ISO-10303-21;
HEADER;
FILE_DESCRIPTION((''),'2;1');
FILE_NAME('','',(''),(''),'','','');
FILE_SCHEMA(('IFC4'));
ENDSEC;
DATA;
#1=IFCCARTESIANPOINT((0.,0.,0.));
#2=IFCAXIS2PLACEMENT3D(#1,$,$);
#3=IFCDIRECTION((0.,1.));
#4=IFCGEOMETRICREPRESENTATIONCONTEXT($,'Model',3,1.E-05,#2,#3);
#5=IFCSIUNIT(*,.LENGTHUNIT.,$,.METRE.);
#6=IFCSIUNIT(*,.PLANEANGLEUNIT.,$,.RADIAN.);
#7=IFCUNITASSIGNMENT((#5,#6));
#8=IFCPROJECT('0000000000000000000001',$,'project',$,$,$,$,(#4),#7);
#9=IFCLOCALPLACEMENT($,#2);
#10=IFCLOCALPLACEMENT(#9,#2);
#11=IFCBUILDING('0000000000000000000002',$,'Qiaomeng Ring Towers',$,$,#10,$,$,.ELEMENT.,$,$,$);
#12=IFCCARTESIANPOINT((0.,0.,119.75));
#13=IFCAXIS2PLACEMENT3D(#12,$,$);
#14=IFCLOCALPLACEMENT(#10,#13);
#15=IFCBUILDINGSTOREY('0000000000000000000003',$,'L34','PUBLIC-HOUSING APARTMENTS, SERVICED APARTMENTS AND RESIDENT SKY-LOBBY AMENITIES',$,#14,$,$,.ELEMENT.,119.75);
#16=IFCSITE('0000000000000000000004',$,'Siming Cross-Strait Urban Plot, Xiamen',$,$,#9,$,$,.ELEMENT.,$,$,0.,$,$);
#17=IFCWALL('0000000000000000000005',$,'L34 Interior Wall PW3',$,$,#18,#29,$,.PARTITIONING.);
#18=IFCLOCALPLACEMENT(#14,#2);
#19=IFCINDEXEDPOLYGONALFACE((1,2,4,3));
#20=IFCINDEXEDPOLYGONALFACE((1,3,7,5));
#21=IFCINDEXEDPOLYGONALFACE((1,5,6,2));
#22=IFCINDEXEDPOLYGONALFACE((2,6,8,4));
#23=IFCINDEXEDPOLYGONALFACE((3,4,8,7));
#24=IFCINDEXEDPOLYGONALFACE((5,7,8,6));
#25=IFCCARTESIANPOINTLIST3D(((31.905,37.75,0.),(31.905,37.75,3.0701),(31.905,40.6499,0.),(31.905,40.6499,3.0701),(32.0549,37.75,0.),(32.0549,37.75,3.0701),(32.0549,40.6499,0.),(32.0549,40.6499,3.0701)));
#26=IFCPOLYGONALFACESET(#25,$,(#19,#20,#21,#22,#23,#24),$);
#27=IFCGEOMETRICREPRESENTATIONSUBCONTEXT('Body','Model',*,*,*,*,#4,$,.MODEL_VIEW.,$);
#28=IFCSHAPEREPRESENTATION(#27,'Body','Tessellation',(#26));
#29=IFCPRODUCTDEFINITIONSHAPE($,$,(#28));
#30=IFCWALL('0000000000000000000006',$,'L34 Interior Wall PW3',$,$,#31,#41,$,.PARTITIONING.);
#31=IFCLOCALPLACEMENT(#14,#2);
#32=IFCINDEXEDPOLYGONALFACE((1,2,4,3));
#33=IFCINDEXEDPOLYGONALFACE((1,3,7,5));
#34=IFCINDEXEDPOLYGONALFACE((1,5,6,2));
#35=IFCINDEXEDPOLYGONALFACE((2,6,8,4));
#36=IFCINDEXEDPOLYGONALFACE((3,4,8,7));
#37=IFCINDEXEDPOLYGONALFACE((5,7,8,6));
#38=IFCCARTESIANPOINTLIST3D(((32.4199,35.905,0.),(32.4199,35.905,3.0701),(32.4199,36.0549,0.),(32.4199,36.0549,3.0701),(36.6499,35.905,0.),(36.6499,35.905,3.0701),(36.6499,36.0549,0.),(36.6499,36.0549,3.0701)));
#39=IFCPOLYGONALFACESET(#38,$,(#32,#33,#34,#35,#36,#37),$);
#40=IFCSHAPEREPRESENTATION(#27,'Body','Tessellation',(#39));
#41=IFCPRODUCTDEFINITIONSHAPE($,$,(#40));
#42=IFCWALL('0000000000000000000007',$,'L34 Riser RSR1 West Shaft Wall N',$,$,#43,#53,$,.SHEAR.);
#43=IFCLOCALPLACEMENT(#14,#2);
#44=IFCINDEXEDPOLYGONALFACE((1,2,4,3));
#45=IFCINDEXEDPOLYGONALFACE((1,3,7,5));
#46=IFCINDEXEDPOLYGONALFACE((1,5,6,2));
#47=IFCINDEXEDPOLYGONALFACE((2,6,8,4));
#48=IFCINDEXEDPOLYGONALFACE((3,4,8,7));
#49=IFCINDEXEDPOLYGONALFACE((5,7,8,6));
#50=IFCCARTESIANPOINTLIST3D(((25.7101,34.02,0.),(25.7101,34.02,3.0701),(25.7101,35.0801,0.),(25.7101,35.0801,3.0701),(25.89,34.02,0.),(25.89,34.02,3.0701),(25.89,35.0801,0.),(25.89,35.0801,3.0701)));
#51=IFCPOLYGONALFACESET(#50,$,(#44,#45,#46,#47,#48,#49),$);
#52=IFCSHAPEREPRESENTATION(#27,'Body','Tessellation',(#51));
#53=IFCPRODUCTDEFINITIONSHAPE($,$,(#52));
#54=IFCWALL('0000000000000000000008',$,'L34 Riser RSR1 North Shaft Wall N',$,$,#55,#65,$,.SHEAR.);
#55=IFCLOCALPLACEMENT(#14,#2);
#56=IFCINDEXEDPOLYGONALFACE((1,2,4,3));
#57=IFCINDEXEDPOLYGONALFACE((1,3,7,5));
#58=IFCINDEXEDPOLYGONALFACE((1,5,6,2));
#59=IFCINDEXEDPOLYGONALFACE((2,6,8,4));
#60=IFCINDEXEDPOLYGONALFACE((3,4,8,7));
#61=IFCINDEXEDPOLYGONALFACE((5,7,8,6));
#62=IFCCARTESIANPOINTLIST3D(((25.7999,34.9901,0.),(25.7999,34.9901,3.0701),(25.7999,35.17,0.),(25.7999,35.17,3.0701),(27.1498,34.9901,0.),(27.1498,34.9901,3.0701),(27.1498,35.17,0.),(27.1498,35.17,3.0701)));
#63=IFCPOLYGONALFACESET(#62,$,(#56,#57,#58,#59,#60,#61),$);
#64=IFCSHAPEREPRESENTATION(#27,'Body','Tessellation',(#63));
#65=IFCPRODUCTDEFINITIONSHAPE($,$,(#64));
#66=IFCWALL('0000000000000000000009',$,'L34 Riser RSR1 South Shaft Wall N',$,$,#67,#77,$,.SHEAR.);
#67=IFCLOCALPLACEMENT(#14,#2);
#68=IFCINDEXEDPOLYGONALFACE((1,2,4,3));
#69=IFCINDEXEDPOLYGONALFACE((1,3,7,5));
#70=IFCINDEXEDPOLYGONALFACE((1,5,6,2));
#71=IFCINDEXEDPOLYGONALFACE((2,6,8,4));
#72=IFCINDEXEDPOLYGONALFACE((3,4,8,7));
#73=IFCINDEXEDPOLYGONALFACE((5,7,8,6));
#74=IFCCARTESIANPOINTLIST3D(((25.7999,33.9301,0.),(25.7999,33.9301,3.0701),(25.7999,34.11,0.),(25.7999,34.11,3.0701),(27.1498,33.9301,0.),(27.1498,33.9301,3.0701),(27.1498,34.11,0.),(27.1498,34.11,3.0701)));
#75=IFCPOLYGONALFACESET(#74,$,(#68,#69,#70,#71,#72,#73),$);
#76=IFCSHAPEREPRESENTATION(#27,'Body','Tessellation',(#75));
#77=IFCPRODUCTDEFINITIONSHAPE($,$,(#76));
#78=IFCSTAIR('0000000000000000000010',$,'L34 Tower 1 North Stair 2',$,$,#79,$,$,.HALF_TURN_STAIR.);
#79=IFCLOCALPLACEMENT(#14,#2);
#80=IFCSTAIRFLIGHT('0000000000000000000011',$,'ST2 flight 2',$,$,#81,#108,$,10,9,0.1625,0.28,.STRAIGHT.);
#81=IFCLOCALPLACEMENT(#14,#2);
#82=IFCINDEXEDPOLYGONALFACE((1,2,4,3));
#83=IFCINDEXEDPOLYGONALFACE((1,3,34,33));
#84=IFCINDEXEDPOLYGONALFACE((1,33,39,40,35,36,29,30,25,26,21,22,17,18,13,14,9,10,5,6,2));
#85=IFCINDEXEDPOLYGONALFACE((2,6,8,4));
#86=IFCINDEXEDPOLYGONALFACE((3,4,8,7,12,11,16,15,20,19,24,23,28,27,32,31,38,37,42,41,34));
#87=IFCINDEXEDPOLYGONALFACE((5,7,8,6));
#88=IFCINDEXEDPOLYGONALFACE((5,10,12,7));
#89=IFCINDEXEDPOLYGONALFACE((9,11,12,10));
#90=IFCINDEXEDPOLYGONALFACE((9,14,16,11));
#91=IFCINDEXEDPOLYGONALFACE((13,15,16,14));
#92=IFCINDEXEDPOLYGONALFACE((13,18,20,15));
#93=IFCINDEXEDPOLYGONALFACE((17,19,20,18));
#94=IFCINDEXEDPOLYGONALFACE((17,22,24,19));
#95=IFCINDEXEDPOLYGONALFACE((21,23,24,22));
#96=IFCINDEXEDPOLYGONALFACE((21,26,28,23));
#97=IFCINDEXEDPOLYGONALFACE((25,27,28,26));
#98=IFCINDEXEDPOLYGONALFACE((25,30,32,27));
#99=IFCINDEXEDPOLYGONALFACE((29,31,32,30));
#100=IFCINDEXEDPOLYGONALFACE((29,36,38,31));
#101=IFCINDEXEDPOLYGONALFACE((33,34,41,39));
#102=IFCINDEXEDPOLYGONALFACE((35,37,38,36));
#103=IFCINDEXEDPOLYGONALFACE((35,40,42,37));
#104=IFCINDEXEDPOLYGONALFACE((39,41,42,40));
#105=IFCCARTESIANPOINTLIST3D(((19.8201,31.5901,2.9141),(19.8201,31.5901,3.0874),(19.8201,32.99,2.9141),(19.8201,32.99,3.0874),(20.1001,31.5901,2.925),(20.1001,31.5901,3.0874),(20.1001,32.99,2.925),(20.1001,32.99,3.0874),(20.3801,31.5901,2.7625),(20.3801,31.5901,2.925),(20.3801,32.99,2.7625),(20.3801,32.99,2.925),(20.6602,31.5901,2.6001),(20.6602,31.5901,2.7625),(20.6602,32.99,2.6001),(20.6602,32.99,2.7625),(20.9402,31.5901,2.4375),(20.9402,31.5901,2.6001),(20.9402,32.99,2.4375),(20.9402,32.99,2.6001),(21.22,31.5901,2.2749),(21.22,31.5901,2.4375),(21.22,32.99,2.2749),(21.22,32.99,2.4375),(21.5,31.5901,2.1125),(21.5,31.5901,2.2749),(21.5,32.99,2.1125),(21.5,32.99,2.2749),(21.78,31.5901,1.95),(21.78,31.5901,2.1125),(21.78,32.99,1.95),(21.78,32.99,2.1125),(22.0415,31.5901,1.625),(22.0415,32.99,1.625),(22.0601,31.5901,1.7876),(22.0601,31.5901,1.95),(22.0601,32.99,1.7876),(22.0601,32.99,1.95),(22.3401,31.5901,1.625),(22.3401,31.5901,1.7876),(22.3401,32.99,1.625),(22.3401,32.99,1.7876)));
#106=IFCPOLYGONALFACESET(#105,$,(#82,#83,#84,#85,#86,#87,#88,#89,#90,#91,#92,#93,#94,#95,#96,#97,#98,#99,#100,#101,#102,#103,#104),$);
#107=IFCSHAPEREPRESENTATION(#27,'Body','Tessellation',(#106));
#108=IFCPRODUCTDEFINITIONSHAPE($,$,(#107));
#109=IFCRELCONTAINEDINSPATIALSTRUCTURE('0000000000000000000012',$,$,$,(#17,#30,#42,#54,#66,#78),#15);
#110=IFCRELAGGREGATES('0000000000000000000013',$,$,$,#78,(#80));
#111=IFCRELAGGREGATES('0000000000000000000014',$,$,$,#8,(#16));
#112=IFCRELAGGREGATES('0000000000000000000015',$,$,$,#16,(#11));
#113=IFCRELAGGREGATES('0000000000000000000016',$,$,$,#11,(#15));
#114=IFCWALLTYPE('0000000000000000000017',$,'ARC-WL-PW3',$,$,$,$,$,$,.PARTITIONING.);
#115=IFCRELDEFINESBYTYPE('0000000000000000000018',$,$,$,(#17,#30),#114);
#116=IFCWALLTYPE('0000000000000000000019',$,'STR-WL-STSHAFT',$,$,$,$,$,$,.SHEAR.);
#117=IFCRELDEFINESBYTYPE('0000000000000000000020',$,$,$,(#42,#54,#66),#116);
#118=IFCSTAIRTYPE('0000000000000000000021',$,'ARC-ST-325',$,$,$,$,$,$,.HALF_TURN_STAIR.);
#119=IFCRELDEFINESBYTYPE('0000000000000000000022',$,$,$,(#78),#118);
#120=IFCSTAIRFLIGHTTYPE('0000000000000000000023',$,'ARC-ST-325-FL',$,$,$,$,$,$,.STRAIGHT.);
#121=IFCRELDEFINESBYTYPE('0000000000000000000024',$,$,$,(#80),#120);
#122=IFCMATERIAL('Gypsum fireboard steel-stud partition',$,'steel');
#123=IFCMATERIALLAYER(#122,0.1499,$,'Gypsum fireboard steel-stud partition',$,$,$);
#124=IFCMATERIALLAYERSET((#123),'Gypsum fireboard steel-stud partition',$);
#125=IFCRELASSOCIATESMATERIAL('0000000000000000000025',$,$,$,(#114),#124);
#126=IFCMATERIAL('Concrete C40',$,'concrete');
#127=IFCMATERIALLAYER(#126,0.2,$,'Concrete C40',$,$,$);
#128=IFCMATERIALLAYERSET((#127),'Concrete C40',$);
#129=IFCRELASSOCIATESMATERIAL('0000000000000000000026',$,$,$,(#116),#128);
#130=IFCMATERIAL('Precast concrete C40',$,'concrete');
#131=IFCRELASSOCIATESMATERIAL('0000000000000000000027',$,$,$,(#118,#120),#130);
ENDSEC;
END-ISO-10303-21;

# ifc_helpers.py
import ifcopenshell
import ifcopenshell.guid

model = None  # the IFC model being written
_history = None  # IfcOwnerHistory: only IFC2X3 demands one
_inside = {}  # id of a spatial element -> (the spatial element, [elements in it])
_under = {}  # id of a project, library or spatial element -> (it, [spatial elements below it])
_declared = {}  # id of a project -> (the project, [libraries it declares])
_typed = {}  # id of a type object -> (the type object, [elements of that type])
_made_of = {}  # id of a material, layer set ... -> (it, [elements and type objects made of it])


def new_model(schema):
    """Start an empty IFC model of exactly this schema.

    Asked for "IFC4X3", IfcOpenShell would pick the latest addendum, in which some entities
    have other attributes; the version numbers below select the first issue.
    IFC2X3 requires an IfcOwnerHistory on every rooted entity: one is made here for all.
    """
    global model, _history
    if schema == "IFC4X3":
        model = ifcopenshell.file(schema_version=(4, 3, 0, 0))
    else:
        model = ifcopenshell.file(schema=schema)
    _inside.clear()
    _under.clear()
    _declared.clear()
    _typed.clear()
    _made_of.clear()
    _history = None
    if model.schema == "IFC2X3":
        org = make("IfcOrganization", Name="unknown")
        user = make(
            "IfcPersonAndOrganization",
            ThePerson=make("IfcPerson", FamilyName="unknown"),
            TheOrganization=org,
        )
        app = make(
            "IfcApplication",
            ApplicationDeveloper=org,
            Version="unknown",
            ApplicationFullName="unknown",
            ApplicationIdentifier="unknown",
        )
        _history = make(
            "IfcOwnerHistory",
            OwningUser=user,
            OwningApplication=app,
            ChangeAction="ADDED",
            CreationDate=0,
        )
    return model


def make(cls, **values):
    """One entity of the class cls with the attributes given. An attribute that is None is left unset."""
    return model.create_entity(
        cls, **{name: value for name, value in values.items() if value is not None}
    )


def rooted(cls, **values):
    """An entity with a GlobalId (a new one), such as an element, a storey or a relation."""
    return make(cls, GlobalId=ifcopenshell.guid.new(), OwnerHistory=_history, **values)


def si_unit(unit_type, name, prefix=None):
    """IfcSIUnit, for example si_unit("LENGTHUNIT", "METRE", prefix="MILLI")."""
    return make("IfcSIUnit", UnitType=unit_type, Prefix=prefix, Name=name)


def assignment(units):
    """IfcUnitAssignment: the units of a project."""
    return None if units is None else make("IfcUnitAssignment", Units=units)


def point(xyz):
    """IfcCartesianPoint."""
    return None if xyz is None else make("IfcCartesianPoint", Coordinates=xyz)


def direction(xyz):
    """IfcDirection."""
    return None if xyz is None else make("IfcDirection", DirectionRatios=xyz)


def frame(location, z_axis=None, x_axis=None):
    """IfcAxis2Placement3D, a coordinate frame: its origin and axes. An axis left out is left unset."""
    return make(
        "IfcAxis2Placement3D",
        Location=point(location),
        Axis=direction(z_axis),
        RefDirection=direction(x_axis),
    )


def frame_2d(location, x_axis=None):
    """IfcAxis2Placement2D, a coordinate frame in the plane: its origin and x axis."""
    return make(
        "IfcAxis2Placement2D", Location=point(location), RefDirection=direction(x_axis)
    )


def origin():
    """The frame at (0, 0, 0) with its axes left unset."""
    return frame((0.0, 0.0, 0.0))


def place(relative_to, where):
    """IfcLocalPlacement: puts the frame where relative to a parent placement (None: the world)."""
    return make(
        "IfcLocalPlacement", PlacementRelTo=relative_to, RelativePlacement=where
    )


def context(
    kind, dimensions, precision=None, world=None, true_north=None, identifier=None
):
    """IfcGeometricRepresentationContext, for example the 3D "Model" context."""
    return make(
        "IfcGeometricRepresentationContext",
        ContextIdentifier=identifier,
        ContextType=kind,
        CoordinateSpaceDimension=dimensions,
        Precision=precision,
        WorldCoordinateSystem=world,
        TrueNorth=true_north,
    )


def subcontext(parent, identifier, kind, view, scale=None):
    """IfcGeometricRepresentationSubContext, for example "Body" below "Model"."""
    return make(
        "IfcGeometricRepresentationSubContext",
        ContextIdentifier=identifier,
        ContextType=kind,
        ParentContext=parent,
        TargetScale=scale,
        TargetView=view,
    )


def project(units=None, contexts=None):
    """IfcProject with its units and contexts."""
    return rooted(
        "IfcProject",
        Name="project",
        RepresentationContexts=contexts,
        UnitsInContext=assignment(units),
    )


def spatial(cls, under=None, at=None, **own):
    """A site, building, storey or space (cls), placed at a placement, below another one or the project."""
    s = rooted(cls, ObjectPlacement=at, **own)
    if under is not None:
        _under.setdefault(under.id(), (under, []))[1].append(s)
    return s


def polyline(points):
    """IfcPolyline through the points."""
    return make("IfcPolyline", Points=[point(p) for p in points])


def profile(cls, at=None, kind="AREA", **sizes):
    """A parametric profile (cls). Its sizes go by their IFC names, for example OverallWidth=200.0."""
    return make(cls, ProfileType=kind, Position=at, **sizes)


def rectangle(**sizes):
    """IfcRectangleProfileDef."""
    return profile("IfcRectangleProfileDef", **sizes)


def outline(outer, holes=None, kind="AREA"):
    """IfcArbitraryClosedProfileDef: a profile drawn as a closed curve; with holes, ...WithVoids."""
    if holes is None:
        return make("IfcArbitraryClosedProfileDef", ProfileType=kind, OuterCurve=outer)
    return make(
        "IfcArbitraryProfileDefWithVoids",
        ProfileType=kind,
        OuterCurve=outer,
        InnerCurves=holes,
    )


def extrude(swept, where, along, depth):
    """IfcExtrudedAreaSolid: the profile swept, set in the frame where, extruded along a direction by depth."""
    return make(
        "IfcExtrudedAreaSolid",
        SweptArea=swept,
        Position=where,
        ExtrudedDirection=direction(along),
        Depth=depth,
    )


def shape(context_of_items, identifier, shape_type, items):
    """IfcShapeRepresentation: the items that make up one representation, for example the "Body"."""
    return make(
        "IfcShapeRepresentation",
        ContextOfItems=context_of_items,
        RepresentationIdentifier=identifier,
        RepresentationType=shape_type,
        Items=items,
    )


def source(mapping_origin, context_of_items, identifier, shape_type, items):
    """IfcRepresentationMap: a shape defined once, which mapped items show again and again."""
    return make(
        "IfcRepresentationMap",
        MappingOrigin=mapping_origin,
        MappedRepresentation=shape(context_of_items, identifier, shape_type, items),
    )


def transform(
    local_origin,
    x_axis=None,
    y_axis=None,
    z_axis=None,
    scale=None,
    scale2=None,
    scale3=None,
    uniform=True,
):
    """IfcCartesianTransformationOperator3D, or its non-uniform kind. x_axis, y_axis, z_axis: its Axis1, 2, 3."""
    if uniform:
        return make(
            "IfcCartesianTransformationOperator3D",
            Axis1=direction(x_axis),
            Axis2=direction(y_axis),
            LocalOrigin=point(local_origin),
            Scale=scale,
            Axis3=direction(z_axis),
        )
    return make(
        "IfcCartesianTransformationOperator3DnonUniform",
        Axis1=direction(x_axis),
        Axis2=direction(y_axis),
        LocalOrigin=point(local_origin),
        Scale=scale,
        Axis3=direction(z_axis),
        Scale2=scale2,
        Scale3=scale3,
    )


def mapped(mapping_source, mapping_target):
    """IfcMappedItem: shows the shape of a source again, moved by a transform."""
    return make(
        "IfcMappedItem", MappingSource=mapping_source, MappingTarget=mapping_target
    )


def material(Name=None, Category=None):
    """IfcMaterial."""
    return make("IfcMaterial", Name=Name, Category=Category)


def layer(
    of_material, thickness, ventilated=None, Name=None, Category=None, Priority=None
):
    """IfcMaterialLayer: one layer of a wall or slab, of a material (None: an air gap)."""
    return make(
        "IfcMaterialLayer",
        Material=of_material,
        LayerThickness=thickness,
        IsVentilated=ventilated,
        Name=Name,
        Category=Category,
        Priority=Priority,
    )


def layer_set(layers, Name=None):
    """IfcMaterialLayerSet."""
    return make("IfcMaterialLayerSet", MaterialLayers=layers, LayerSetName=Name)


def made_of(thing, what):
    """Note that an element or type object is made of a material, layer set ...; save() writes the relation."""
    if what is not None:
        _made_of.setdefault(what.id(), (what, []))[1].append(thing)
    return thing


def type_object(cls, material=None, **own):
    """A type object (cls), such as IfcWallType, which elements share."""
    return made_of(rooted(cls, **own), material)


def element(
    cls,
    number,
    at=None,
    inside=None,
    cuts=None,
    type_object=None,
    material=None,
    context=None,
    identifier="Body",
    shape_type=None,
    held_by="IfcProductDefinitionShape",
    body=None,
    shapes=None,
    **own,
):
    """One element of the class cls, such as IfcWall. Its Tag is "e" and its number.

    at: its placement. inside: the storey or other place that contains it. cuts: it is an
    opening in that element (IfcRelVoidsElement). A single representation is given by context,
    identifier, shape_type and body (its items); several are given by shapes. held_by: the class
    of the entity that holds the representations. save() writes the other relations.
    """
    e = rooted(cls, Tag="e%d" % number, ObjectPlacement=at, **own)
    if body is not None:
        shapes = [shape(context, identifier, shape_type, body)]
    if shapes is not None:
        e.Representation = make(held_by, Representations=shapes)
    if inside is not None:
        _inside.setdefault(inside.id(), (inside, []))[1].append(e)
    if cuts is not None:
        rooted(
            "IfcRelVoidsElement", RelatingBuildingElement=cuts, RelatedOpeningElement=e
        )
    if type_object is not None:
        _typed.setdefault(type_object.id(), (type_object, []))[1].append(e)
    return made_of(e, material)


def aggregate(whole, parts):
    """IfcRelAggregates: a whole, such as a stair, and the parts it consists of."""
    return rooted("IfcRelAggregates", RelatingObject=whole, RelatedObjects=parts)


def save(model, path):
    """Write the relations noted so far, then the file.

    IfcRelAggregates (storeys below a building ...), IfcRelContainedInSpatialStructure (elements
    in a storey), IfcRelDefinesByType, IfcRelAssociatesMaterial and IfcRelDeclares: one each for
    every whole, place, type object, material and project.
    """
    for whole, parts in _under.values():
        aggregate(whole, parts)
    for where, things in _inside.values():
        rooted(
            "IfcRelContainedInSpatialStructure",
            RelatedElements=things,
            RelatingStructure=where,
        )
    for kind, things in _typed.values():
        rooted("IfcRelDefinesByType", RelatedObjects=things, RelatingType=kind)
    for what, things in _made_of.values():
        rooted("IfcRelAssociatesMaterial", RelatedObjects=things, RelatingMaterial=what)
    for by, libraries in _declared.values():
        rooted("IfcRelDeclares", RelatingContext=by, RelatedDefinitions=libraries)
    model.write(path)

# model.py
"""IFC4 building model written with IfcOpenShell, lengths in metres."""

from ifc_helpers import new_model, si_unit, direction, frame, frame_2d, origin, place, context, subcontext, project, spatial, polyline, rectangle, outline, extrude, source, transform, mapped, material, layer, layer_set, type_object, element, aggregate, save


model = new_model("IFC4")

# Units and contexts
model_context = context("Model", 3, precision=1e-05, world=origin(), true_north=direction((0.0, 1.0)))
body_context = subcontext(model_context, "Body", "Model", "MODEL_VIEW")
ifc_project = project(units=[si_unit("LENGTHUNIT", "METRE"), si_unit("PLANEANGLEUNIT", "RADIAN")], contexts=[model_context])

# Site, building, storey
site_placement = place(None, origin())
site = spatial("IfcSite", under=ifc_project, at=site_placement, Name="Siming Cross-Strait Urban Plot, Xiamen", CompositionType="ELEMENT", RefElevation=0.0)
building_placement = place(site_placement, origin())
building = spatial("IfcBuilding", under=site, at=building_placement, Name="Qiaomeng Ring Towers", CompositionType="ELEMENT")
storey_placement = place(building_placement, frame((0.0, 0.0, 119.75)))
storey = spatial("IfcBuildingStorey", under=building, at=storey_placement, Name="L34", Description="PUBLIC-HOUSING APARTMENTS, SERVICED APARTMENTS AND RESIDENT SKY-LOBBY AMENITIES", CompositionType="ELEMENT", Elevation=119.75)

# Walls
ifc_material_1 = material(Name="Gypsum fireboard steel-stud partition", Category="steel")
ifc_layer_1 = layer(ifc_material_1, 0.1499, Name="Gypsum fireboard steel-stud partition")
ifc_layer_set_1 = layer_set([ifc_layer_1], Name="Gypsum fireboard steel-stud partition")
wall_type_1 = type_object("IfcWallType", Name="ARC-WL-PW3", PredefinedType="PARTITIONING", material=ifc_layer_set_1)
for number, where, z_axis, x_axis, name in (
    (1, (31.98, 37.75, 0.0), (0.0, 0.0, 1.0), (0.0, 1.0, 0.0), "L34 Interior Wall PW3"),
):
    element("IfcWall", number, at=place(storey_placement, frame(where, z_axis=z_axis, x_axis=x_axis)), inside=storey, type_object=wall_type_1, Name=name, PredefinedType="PARTITIONING", context=body_context, shape_type="SweptSolid", body=[
        extrude(rectangle(XDim=2.8999, YDim=0.1499, at=frame_2d((1.45, 0.0))), origin(), (0.0, 0.0, 1.0), 3.0701),
    ])
wall_1_placement = place(storey_placement, frame((32.4199, 35.98, 0.0), z_axis=(0.0, 0.0, 1.0), x_axis=(1.0, 0.0, 0.0)))
element("IfcWall", 2, at=wall_1_placement, inside=storey, type_object=wall_type_1, Name="L34 Interior Wall PW3", PredefinedType="PARTITIONING", context=body_context, shape_type="SweptSolid", body=[
    extrude(rectangle(XDim=4.23, YDim=0.1499, at=frame_2d((2.115, 0.0))), origin(), (0.0, 0.0, 1.0), 3.0701),
])
ifc_material_2 = material(Name="Concrete C40", Category="concrete")
ifc_layer_2 = layer(ifc_material_2, 0.2, Name="Concrete C40")
ifc_layer_set_2 = layer_set([ifc_layer_2], Name="Concrete C40")
wall_type_2 = type_object("IfcWallType", Name="STR-WL-STSHAFT", PredefinedType="SHEAR", material=ifc_layer_set_2)
wall_2_placement = place(storey_placement, frame((25.8, 34.02, 0.0), z_axis=(0.0, 0.0, 1.0), x_axis=(0.0, 1.0, 0.0)))
element("IfcWall", 3, at=wall_2_placement, inside=storey, type_object=wall_type_2, Name="L34 Riser RSR1 West Shaft Wall N", PredefinedType="SHEAR", context=body_context, shape_type="SweptSolid", body=[
    extrude(rectangle(XDim=1.0601, YDim=0.1799, at=frame_2d((0.53, 0.0))), origin(), (0.0, 0.0, 1.0), 3.0701),
])
for number, where, z_axis, x_axis, name in (
    (4, (25.8, 35.0801, 0.0), (0.0, 0.0, 1.0), (1.0, 0.0, 0.0), "L34 Riser RSR1 North Shaft Wall N"),
    (5, (25.8, 34.02, 0.0), (0.0, 0.0, 1.0), (1.0, 0.0, 0.0), "L34 Riser RSR1 South Shaft Wall N"),
):
    element("IfcWall", number, at=place(storey_placement, frame(where, z_axis=z_axis, x_axis=x_axis)), inside=storey, type_object=wall_type_2, Name=name, PredefinedType="SHEAR", context=body_context, shape_type="SweptSolid", body=[
        extrude(rectangle(XDim=1.3499, YDim=0.1799, at=frame_2d((0.6748, 0.0))), origin(), (0.0, 0.0, 1.0), 3.0701),
    ])

# Stair, stair flight
ifc_material_3 = material(Name="Precast concrete C40", Category="concrete")
stair_type = type_object("IfcStairType", Name="ARC-ST-325", PredefinedType="HALF_TURN_STAIR", material=ifc_material_3)
stair_placement = place(storey_placement, origin())
stair = element("IfcStair", 6, at=stair_placement, inside=storey, type_object=stair_type, Name="L34 Tower 1 North Stair 2", PredefinedType="HALF_TURN_STAIR")
stair_flight_type = type_object("IfcStairFlightType", Name="ARC-ST-325-FL", PredefinedType="STRAIGHT", material=ifc_material_3)
shared_shape_1 = source(origin(), body_context, "Body", "SweptSolid", [
    extrude(outline(polyline([(0.0, 0.0), (0.0, 0.1626), (0.28, 0.1626), (0.28, 0.325), (0.5601, 0.325), (0.5601, 0.4875), (0.8401, 0.4875), (0.8401, 0.6499), (1.1201, 0.6499), (1.1201, 0.8125), (1.3999, 0.8125), (1.3999, 0.9751), (1.6799, 0.9751), (1.6799, 1.1375), (1.96, 1.1375), (1.96, 1.3), (2.24, 1.3), (2.24, 1.4624), (2.52, 1.4624), (2.52, 1.625), (2.52, 1.2891), (0.2986, 0.0), (0.0, 0.0)])), frame((0.0, 0.7, 0.0), z_axis=(0.0, -1.0, 0.0), x_axis=(1.0, 0.0, 0.0)), (0.0, 0.0, 1.0), 1.3999),
])
stair_flight_placement = place(storey_placement, frame((22.3401, 32.29, 1.625), z_axis=(0.0, 0.0, 1.0), x_axis=(-1.0, 0.0, 0.0)))
stair_flight = element("IfcStairFlight", 7, at=stair_flight_placement, type_object=stair_flight_type, Name="ST2 flight 2", NumberOfRisers=10, NumberOfTreads=9, PredefinedType="STRAIGHT", RiserHeight=0.1625, TreadLength=0.28, context=body_context, shape_type="MappedRepresentation", body=[
    mapped(shared_shape_1, transform((0.0, 0.0, 0.0), x_axis=(1.0, 0.0, 0.0), y_axis=(0.0, 1.0, 0.0), z_axis=(0.0, 0.0, 1.0), scale=1.0)),
])
aggregate(stair, [stair_flight])

save(model, "model.ifc")
